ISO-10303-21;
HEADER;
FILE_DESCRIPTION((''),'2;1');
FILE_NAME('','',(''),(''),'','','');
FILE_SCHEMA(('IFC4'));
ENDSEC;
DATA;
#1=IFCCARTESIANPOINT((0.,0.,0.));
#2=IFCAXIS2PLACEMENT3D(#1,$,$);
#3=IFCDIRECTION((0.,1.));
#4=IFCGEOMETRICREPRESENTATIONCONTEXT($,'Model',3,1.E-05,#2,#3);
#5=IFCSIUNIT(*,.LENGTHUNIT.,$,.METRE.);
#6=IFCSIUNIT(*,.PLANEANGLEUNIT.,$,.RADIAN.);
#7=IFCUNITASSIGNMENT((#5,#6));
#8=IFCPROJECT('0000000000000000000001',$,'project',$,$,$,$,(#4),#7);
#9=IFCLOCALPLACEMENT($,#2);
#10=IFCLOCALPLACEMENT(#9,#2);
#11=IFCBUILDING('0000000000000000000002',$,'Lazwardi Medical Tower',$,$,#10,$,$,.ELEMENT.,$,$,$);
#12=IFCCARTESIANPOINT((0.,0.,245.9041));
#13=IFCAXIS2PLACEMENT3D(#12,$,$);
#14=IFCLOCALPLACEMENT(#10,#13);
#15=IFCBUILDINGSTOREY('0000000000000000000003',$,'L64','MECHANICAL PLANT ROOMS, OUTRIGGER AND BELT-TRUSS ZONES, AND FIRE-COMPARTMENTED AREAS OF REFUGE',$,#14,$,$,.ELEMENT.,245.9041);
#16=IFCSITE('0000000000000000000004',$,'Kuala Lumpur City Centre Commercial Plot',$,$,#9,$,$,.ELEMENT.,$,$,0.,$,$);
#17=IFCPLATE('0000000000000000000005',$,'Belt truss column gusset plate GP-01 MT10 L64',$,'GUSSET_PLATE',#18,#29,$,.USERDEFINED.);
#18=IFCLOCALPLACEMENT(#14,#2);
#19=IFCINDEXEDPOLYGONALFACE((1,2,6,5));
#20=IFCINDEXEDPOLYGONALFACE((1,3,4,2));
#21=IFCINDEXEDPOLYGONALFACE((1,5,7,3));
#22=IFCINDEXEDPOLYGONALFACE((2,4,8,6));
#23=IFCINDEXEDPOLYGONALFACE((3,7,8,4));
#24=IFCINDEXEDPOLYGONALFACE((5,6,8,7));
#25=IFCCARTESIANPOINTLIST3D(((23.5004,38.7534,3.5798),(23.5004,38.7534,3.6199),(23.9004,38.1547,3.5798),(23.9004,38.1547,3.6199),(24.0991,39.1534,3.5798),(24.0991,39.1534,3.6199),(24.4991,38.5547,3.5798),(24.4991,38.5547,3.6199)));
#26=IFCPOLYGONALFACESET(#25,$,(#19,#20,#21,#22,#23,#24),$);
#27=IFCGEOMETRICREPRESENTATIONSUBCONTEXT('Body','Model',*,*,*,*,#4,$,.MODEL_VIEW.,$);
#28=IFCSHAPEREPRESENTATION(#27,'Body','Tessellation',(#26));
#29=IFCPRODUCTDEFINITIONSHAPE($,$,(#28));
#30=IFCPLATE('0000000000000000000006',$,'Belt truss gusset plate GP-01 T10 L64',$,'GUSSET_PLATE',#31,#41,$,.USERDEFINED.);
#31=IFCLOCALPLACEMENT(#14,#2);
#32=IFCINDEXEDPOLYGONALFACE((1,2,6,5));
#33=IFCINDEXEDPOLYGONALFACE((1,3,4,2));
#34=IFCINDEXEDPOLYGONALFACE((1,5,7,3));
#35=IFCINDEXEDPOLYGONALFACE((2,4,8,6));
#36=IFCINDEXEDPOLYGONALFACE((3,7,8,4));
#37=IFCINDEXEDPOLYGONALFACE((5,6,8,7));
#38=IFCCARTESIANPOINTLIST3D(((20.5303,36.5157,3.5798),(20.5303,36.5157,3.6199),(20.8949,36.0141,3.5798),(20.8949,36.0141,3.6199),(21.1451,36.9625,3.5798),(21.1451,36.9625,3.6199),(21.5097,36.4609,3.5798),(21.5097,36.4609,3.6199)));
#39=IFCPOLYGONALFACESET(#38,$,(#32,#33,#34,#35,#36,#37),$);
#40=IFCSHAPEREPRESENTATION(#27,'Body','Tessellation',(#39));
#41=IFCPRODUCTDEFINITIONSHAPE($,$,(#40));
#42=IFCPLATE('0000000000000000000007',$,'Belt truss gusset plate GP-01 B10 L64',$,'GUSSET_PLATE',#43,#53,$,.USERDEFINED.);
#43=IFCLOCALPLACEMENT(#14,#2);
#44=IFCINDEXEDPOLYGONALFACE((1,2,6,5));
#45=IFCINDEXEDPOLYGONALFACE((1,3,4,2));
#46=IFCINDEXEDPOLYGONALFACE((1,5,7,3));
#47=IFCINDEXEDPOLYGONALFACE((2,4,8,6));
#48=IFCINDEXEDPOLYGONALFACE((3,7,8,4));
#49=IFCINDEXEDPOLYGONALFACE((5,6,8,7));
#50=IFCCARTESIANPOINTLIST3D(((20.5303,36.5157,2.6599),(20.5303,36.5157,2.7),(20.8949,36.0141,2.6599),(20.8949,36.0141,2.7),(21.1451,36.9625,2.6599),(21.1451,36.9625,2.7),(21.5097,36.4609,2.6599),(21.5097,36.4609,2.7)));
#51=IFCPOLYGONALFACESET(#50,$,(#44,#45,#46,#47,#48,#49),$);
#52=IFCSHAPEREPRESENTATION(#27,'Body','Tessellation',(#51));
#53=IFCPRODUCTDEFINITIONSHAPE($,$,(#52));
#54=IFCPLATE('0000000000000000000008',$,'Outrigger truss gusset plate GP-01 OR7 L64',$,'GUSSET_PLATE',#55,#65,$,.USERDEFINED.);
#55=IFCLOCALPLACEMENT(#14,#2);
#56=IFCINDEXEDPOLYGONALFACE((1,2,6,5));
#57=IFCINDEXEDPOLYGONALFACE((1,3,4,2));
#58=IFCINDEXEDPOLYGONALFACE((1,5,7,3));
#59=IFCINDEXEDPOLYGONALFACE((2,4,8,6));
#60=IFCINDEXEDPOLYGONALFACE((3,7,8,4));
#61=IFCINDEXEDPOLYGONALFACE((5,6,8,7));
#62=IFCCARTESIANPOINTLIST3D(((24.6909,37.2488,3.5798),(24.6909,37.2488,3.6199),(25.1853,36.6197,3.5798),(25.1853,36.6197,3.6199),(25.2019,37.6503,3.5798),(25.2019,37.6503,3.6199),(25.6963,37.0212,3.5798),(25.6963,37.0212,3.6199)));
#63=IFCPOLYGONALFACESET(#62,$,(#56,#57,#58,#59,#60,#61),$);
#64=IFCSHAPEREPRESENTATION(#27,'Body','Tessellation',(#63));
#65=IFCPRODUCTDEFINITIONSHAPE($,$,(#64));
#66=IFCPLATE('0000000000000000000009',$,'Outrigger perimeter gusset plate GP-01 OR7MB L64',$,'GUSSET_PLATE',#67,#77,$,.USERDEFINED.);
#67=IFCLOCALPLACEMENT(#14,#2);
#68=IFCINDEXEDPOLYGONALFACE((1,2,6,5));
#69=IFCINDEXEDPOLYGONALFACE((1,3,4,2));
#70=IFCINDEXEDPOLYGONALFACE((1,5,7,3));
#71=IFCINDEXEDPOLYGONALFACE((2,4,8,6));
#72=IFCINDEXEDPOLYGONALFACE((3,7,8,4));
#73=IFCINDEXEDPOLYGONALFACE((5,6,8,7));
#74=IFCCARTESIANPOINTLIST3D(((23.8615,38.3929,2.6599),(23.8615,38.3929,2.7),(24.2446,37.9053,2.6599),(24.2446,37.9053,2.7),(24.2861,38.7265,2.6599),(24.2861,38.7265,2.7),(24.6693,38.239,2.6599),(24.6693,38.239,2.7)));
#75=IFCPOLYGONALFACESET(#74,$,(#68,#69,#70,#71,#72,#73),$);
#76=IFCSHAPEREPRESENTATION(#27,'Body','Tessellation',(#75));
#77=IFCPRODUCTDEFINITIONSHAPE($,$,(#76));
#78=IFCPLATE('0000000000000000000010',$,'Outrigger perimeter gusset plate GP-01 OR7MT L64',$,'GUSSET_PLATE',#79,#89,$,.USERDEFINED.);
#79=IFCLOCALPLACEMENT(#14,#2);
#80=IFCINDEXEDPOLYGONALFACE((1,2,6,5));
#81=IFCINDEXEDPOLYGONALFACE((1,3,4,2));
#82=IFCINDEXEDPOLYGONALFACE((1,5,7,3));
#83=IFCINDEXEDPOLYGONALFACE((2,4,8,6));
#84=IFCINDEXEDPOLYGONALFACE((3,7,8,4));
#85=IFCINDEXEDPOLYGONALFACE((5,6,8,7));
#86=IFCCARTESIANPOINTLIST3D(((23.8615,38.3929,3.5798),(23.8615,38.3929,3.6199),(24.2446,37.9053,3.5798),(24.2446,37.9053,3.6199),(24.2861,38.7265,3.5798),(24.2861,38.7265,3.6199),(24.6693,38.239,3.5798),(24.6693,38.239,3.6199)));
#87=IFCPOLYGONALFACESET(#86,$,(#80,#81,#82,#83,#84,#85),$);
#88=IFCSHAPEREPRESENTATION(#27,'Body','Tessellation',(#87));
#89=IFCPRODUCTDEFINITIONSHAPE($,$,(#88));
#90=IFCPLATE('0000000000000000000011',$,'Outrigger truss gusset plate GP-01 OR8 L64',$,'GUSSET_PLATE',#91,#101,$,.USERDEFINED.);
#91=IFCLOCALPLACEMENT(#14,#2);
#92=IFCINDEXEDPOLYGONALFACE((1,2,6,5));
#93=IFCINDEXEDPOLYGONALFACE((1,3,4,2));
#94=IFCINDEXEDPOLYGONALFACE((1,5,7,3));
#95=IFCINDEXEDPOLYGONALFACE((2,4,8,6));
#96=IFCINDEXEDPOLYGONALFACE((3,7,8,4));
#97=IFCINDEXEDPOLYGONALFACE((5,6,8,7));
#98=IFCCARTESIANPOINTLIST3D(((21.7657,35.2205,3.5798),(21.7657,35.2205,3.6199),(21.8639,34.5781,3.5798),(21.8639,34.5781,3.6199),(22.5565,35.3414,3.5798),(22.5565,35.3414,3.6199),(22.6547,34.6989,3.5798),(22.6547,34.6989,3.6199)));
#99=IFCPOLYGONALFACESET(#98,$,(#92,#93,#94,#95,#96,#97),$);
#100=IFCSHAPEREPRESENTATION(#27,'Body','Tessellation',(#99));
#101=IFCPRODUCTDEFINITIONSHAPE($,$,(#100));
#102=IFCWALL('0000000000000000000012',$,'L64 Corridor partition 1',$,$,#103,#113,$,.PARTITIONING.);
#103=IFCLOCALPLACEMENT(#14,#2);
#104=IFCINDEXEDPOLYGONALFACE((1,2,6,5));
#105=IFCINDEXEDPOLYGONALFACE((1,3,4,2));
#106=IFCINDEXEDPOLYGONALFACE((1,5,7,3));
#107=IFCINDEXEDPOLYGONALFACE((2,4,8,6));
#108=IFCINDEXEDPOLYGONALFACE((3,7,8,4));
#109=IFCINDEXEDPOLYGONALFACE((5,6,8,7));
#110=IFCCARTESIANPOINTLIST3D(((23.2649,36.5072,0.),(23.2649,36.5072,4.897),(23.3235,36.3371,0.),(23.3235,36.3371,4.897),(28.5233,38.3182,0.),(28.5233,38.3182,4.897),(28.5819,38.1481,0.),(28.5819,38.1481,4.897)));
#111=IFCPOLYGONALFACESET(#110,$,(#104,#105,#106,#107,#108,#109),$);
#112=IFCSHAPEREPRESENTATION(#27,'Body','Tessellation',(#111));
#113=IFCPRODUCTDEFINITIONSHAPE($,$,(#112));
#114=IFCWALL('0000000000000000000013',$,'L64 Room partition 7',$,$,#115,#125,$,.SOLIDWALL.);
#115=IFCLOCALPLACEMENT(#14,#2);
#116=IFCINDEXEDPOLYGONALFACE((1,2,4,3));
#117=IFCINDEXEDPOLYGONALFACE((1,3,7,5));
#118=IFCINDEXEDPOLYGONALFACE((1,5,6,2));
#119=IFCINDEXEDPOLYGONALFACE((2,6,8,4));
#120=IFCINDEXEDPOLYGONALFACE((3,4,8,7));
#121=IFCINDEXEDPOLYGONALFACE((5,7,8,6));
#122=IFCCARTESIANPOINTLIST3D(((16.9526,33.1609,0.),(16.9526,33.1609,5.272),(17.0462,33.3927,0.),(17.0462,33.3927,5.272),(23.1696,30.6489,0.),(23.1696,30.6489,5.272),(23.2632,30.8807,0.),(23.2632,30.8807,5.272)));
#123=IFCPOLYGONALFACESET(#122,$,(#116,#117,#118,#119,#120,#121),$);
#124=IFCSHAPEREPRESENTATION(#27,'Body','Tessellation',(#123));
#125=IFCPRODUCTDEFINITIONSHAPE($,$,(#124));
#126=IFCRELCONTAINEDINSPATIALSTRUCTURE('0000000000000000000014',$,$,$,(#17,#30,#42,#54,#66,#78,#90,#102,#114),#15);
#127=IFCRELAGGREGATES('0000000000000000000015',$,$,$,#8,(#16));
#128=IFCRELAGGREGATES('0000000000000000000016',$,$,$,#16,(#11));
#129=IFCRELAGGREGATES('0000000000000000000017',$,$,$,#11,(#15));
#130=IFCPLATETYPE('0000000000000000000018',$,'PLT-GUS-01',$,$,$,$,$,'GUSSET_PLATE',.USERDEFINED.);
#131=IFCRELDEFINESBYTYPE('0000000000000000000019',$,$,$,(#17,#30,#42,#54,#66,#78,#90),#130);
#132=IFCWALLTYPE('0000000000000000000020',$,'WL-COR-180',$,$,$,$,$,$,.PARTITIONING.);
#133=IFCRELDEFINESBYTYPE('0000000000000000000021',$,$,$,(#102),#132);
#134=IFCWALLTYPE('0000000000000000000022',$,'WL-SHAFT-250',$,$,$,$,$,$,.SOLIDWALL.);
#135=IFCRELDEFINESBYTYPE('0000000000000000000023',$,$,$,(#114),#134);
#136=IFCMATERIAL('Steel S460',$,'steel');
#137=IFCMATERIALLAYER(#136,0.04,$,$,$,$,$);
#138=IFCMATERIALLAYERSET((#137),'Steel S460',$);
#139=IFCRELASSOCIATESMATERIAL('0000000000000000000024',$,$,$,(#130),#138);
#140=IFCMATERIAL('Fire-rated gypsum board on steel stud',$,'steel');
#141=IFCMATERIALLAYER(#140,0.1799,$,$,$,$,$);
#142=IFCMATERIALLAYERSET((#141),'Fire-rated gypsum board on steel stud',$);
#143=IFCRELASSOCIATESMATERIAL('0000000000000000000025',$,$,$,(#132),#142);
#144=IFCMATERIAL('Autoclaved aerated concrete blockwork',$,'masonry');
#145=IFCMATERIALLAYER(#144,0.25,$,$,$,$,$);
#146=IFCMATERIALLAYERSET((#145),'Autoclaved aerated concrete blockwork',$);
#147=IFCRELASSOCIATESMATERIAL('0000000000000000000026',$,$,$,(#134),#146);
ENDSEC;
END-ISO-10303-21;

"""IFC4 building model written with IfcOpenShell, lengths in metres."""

from ifc_helpers import new_model, si_unit, direction, frame, frame_2d, origin, origin_2d, place, context, subcontext, project, spatial, rectangle, extrude, material, layer, layer_set, type_object, element, save


model = new_model("IFC4")

# Units and contexts
model_context = context("Model", 3, precision=1e-05, world=origin(), true_north=direction((0.0, 1.0)))
body_context = subcontext(model_context, "Body", "Model", "MODEL_VIEW")
ifc_project = project(units=[si_unit("LENGTHUNIT", "METRE"), si_unit("PLANEANGLEUNIT", "RADIAN")], contexts=[model_context])

# Site, building, storey
site_placement = place(None, origin())
site = spatial("IfcSite", under=ifc_project, at=site_placement, Name="Kuala Lumpur City Centre Commercial Plot", CompositionType="ELEMENT", RefElevation=0.0)
building_placement = place(site_placement, origin())
building = spatial("IfcBuilding", under=site, at=building_placement, Name="Lazwardi Medical Tower", CompositionType="ELEMENT")
storey_placement = place(building_placement, frame((0.0, 0.0, 245.9041)))
storey = spatial("IfcBuildingStorey", under=building, at=storey_placement, Name="L64", Description="MECHANICAL PLANT ROOMS, OUTRIGGER AND BELT-TRUSS ZONES, AND FIRE-COMPARTMENTED AREAS OF REFUGE", CompositionType="ELEMENT", Elevation=245.9041)

# Shared definitions
ifc_material_1 = material(Name="Steel S460", Category="steel")

# Plates
ifc_layer_1 = layer(ifc_material_1, 0.04)
ifc_layer_set_1 = layer_set([ifc_layer_1], Name="Steel S460")
plate_type = type_object("IfcPlateType", Name="PLT-GUS-01", ElementType="GUSSET_PLATE", PredefinedType="USERDEFINED", material=ifc_layer_set_1)
for number, where, z_axis, x_axis, name in (
    (1, (23.9998, 38.6541, 3.5798), (0.0, 0.0, 1.0), (-0.55557, 0.83147, 0.0), "Belt truss column gusset plate GP-01 MT10 L64"),
):
    element("IfcPlate", number, at=place(storey_placement, frame(where, z_axis=z_axis, x_axis=x_axis)), inside=storey, type_object=plate_type, Name=name, ObjectType="GUSSET_PLATE", PredefinedType="USERDEFINED", context=body_context, shape_type="SweptSolid", body=[
        extrude(rectangle(XDim=0.72, YDim=0.72, at=origin_2d()), origin(), (0.0, 0.0, 1.0), 0.04),
    ])
for number, where, z_axis, x_axis, name in (
    (2, (21.02, 36.4883, 3.5798), (0.0, 0.0, 1.0), (-0.808914, -0.587926, 0.0), "Belt truss gusset plate GP-01 T10 L64"),
    (3, (21.02, 36.4883, 2.6599), (0.0, 0.0, 1.0), (-0.808914, -0.587926, 0.0), "Belt truss gusset plate GP-01 B10 L64"),
):
    element("IfcPlate", number, at=place(storey_placement, frame(where, z_axis=z_axis, x_axis=x_axis)), inside=storey, type_object=plate_type, Name=name, ObjectType="GUSSET_PLATE", PredefinedType="USERDEFINED", context=body_context, shape_type="SweptSolid", body=[
        extrude(rectangle(XDim=0.76, YDim=0.6201, at=origin_2d()), origin(), (0.0, 0.0, 1.0), 0.04),
    ])
plate_1_placement = place(storey_placement, frame((25.1936, 37.135, 3.5798), z_axis=(0.0, 0.0, 1.0), x_axis=(-0.61786, 0.786288, 0.0)))
element("IfcPlate", 4, at=plate_1_placement, inside=storey, type_object=plate_type, Name="Outrigger truss gusset plate GP-01 OR7 L64", ObjectType="GUSSET_PLATE", PredefinedType="USERDEFINED", context=body_context, shape_type="SweptSolid", body=[
    extrude(rectangle(XDim=0.8, YDim=0.6499, at=origin_2d()), origin(), (0.0, 0.0, 1.0), 0.04),
])
for number, where, z_axis, x_axis, name in (
    (5, (24.2654, 38.3159, 2.6599), (0.0, 0.0, 1.0), (-0.61786, 0.786288, 0.0), "Outrigger perimeter gusset plate GP-01 OR7MB L64"),
    (6, (24.2654, 38.3159, 3.5798), (0.0, 0.0, 1.0), (-0.61786, 0.786288, 0.0), "Outrigger perimeter gusset plate GP-01 OR7MT L64"),
):
    element("IfcPlate", number, at=place(storey_placement, frame(where, z_axis=z_axis, x_axis=x_axis)), inside=storey, type_object=plate_type, Name=name, ObjectType="GUSSET_PLATE", PredefinedType="USERDEFINED", context=body_context, shape_type="SweptSolid", body=[
        extrude(rectangle(XDim=0.6201, YDim=0.54, at=origin_2d()), origin(), (0.0, 0.0, 1.0), 0.04),
    ])
plate_2_placement = place(storey_placement, frame((22.2102, 34.9597, 3.5798), z_axis=(0.0, 0.0, 1.0), x_axis=(-0.98852, -0.151088, 0.0)))
element("IfcPlate", 7, at=plate_2_placement, inside=storey, type_object=plate_type, Name="Outrigger truss gusset plate GP-01 OR8 L64", ObjectType="GUSSET_PLATE", PredefinedType="USERDEFINED", context=body_context, shape_type="SweptSolid", body=[
    extrude(rectangle(XDim=0.8, YDim=0.6499, at=origin_2d()), origin(), (0.0, 0.0, 1.0), 0.04),
])

# Walls
ifc_material_2 = material(Name="Fire-rated gypsum board on steel stud", Category="steel")
ifc_layer_2 = layer(ifc_material_2, 0.1799)
ifc_layer_set_2 = layer_set([ifc_layer_2], Name="Fire-rated gypsum board on steel stud")
wall_type_1 = type_object("IfcWallType", Name="WL-COR-180", PredefinedType="PARTITIONING", material=ifc_layer_set_2)
wall_1_placement = place(storey_placement, frame((23.2942, 36.4221, 0.0), z_axis=(0.0, 0.0, 1.0), x_axis=(0.945493, 0.325642, 0.0)))
element("IfcWall", 8, at=wall_1_placement, inside=storey, type_object=wall_type_1, Name="L64 Corridor partition 1", PredefinedType="PARTITIONING", context=body_context, shape_type="SweptSolid", body=[
    extrude(rectangle(XDim=5.5615, YDim=0.1799, at=frame_2d((2.7808, 0.0))), origin(), (0.0, 0.0, 1.0), 4.897),
])
ifc_material_3 = material(Name="Autoclaved aerated concrete blockwork", Category="masonry")
ifc_layer_3 = layer(ifc_material_3, 0.25)
ifc_layer_set_3 = layer_set([ifc_layer_3], Name="Autoclaved aerated concrete blockwork")
wall_type_2 = type_object("IfcWallType", Name="WL-SHAFT-250", PredefinedType="SOLIDWALL", material=ifc_layer_set_3)
wall_2_placement = place(storey_placement, frame((23.2163, 30.7649, 0.0), z_axis=(0.0, 0.0, 1.0), x_axis=(-0.927178, 0.374621, 0.0)))
element("IfcWall", 9, at=wall_2_placement, inside=storey, type_object=wall_type_2, Name="L64 Room partition 7", PredefinedType="SOLIDWALL", context=body_context, shape_type="SweptSolid", body=[
    extrude(rectangle(XDim=6.7053, YDim=0.25, at=frame_2d((3.3525, 0.0))), origin(), (0.0, 0.0, 1.0), 5.272),
])

save(model, "model.ifc")
